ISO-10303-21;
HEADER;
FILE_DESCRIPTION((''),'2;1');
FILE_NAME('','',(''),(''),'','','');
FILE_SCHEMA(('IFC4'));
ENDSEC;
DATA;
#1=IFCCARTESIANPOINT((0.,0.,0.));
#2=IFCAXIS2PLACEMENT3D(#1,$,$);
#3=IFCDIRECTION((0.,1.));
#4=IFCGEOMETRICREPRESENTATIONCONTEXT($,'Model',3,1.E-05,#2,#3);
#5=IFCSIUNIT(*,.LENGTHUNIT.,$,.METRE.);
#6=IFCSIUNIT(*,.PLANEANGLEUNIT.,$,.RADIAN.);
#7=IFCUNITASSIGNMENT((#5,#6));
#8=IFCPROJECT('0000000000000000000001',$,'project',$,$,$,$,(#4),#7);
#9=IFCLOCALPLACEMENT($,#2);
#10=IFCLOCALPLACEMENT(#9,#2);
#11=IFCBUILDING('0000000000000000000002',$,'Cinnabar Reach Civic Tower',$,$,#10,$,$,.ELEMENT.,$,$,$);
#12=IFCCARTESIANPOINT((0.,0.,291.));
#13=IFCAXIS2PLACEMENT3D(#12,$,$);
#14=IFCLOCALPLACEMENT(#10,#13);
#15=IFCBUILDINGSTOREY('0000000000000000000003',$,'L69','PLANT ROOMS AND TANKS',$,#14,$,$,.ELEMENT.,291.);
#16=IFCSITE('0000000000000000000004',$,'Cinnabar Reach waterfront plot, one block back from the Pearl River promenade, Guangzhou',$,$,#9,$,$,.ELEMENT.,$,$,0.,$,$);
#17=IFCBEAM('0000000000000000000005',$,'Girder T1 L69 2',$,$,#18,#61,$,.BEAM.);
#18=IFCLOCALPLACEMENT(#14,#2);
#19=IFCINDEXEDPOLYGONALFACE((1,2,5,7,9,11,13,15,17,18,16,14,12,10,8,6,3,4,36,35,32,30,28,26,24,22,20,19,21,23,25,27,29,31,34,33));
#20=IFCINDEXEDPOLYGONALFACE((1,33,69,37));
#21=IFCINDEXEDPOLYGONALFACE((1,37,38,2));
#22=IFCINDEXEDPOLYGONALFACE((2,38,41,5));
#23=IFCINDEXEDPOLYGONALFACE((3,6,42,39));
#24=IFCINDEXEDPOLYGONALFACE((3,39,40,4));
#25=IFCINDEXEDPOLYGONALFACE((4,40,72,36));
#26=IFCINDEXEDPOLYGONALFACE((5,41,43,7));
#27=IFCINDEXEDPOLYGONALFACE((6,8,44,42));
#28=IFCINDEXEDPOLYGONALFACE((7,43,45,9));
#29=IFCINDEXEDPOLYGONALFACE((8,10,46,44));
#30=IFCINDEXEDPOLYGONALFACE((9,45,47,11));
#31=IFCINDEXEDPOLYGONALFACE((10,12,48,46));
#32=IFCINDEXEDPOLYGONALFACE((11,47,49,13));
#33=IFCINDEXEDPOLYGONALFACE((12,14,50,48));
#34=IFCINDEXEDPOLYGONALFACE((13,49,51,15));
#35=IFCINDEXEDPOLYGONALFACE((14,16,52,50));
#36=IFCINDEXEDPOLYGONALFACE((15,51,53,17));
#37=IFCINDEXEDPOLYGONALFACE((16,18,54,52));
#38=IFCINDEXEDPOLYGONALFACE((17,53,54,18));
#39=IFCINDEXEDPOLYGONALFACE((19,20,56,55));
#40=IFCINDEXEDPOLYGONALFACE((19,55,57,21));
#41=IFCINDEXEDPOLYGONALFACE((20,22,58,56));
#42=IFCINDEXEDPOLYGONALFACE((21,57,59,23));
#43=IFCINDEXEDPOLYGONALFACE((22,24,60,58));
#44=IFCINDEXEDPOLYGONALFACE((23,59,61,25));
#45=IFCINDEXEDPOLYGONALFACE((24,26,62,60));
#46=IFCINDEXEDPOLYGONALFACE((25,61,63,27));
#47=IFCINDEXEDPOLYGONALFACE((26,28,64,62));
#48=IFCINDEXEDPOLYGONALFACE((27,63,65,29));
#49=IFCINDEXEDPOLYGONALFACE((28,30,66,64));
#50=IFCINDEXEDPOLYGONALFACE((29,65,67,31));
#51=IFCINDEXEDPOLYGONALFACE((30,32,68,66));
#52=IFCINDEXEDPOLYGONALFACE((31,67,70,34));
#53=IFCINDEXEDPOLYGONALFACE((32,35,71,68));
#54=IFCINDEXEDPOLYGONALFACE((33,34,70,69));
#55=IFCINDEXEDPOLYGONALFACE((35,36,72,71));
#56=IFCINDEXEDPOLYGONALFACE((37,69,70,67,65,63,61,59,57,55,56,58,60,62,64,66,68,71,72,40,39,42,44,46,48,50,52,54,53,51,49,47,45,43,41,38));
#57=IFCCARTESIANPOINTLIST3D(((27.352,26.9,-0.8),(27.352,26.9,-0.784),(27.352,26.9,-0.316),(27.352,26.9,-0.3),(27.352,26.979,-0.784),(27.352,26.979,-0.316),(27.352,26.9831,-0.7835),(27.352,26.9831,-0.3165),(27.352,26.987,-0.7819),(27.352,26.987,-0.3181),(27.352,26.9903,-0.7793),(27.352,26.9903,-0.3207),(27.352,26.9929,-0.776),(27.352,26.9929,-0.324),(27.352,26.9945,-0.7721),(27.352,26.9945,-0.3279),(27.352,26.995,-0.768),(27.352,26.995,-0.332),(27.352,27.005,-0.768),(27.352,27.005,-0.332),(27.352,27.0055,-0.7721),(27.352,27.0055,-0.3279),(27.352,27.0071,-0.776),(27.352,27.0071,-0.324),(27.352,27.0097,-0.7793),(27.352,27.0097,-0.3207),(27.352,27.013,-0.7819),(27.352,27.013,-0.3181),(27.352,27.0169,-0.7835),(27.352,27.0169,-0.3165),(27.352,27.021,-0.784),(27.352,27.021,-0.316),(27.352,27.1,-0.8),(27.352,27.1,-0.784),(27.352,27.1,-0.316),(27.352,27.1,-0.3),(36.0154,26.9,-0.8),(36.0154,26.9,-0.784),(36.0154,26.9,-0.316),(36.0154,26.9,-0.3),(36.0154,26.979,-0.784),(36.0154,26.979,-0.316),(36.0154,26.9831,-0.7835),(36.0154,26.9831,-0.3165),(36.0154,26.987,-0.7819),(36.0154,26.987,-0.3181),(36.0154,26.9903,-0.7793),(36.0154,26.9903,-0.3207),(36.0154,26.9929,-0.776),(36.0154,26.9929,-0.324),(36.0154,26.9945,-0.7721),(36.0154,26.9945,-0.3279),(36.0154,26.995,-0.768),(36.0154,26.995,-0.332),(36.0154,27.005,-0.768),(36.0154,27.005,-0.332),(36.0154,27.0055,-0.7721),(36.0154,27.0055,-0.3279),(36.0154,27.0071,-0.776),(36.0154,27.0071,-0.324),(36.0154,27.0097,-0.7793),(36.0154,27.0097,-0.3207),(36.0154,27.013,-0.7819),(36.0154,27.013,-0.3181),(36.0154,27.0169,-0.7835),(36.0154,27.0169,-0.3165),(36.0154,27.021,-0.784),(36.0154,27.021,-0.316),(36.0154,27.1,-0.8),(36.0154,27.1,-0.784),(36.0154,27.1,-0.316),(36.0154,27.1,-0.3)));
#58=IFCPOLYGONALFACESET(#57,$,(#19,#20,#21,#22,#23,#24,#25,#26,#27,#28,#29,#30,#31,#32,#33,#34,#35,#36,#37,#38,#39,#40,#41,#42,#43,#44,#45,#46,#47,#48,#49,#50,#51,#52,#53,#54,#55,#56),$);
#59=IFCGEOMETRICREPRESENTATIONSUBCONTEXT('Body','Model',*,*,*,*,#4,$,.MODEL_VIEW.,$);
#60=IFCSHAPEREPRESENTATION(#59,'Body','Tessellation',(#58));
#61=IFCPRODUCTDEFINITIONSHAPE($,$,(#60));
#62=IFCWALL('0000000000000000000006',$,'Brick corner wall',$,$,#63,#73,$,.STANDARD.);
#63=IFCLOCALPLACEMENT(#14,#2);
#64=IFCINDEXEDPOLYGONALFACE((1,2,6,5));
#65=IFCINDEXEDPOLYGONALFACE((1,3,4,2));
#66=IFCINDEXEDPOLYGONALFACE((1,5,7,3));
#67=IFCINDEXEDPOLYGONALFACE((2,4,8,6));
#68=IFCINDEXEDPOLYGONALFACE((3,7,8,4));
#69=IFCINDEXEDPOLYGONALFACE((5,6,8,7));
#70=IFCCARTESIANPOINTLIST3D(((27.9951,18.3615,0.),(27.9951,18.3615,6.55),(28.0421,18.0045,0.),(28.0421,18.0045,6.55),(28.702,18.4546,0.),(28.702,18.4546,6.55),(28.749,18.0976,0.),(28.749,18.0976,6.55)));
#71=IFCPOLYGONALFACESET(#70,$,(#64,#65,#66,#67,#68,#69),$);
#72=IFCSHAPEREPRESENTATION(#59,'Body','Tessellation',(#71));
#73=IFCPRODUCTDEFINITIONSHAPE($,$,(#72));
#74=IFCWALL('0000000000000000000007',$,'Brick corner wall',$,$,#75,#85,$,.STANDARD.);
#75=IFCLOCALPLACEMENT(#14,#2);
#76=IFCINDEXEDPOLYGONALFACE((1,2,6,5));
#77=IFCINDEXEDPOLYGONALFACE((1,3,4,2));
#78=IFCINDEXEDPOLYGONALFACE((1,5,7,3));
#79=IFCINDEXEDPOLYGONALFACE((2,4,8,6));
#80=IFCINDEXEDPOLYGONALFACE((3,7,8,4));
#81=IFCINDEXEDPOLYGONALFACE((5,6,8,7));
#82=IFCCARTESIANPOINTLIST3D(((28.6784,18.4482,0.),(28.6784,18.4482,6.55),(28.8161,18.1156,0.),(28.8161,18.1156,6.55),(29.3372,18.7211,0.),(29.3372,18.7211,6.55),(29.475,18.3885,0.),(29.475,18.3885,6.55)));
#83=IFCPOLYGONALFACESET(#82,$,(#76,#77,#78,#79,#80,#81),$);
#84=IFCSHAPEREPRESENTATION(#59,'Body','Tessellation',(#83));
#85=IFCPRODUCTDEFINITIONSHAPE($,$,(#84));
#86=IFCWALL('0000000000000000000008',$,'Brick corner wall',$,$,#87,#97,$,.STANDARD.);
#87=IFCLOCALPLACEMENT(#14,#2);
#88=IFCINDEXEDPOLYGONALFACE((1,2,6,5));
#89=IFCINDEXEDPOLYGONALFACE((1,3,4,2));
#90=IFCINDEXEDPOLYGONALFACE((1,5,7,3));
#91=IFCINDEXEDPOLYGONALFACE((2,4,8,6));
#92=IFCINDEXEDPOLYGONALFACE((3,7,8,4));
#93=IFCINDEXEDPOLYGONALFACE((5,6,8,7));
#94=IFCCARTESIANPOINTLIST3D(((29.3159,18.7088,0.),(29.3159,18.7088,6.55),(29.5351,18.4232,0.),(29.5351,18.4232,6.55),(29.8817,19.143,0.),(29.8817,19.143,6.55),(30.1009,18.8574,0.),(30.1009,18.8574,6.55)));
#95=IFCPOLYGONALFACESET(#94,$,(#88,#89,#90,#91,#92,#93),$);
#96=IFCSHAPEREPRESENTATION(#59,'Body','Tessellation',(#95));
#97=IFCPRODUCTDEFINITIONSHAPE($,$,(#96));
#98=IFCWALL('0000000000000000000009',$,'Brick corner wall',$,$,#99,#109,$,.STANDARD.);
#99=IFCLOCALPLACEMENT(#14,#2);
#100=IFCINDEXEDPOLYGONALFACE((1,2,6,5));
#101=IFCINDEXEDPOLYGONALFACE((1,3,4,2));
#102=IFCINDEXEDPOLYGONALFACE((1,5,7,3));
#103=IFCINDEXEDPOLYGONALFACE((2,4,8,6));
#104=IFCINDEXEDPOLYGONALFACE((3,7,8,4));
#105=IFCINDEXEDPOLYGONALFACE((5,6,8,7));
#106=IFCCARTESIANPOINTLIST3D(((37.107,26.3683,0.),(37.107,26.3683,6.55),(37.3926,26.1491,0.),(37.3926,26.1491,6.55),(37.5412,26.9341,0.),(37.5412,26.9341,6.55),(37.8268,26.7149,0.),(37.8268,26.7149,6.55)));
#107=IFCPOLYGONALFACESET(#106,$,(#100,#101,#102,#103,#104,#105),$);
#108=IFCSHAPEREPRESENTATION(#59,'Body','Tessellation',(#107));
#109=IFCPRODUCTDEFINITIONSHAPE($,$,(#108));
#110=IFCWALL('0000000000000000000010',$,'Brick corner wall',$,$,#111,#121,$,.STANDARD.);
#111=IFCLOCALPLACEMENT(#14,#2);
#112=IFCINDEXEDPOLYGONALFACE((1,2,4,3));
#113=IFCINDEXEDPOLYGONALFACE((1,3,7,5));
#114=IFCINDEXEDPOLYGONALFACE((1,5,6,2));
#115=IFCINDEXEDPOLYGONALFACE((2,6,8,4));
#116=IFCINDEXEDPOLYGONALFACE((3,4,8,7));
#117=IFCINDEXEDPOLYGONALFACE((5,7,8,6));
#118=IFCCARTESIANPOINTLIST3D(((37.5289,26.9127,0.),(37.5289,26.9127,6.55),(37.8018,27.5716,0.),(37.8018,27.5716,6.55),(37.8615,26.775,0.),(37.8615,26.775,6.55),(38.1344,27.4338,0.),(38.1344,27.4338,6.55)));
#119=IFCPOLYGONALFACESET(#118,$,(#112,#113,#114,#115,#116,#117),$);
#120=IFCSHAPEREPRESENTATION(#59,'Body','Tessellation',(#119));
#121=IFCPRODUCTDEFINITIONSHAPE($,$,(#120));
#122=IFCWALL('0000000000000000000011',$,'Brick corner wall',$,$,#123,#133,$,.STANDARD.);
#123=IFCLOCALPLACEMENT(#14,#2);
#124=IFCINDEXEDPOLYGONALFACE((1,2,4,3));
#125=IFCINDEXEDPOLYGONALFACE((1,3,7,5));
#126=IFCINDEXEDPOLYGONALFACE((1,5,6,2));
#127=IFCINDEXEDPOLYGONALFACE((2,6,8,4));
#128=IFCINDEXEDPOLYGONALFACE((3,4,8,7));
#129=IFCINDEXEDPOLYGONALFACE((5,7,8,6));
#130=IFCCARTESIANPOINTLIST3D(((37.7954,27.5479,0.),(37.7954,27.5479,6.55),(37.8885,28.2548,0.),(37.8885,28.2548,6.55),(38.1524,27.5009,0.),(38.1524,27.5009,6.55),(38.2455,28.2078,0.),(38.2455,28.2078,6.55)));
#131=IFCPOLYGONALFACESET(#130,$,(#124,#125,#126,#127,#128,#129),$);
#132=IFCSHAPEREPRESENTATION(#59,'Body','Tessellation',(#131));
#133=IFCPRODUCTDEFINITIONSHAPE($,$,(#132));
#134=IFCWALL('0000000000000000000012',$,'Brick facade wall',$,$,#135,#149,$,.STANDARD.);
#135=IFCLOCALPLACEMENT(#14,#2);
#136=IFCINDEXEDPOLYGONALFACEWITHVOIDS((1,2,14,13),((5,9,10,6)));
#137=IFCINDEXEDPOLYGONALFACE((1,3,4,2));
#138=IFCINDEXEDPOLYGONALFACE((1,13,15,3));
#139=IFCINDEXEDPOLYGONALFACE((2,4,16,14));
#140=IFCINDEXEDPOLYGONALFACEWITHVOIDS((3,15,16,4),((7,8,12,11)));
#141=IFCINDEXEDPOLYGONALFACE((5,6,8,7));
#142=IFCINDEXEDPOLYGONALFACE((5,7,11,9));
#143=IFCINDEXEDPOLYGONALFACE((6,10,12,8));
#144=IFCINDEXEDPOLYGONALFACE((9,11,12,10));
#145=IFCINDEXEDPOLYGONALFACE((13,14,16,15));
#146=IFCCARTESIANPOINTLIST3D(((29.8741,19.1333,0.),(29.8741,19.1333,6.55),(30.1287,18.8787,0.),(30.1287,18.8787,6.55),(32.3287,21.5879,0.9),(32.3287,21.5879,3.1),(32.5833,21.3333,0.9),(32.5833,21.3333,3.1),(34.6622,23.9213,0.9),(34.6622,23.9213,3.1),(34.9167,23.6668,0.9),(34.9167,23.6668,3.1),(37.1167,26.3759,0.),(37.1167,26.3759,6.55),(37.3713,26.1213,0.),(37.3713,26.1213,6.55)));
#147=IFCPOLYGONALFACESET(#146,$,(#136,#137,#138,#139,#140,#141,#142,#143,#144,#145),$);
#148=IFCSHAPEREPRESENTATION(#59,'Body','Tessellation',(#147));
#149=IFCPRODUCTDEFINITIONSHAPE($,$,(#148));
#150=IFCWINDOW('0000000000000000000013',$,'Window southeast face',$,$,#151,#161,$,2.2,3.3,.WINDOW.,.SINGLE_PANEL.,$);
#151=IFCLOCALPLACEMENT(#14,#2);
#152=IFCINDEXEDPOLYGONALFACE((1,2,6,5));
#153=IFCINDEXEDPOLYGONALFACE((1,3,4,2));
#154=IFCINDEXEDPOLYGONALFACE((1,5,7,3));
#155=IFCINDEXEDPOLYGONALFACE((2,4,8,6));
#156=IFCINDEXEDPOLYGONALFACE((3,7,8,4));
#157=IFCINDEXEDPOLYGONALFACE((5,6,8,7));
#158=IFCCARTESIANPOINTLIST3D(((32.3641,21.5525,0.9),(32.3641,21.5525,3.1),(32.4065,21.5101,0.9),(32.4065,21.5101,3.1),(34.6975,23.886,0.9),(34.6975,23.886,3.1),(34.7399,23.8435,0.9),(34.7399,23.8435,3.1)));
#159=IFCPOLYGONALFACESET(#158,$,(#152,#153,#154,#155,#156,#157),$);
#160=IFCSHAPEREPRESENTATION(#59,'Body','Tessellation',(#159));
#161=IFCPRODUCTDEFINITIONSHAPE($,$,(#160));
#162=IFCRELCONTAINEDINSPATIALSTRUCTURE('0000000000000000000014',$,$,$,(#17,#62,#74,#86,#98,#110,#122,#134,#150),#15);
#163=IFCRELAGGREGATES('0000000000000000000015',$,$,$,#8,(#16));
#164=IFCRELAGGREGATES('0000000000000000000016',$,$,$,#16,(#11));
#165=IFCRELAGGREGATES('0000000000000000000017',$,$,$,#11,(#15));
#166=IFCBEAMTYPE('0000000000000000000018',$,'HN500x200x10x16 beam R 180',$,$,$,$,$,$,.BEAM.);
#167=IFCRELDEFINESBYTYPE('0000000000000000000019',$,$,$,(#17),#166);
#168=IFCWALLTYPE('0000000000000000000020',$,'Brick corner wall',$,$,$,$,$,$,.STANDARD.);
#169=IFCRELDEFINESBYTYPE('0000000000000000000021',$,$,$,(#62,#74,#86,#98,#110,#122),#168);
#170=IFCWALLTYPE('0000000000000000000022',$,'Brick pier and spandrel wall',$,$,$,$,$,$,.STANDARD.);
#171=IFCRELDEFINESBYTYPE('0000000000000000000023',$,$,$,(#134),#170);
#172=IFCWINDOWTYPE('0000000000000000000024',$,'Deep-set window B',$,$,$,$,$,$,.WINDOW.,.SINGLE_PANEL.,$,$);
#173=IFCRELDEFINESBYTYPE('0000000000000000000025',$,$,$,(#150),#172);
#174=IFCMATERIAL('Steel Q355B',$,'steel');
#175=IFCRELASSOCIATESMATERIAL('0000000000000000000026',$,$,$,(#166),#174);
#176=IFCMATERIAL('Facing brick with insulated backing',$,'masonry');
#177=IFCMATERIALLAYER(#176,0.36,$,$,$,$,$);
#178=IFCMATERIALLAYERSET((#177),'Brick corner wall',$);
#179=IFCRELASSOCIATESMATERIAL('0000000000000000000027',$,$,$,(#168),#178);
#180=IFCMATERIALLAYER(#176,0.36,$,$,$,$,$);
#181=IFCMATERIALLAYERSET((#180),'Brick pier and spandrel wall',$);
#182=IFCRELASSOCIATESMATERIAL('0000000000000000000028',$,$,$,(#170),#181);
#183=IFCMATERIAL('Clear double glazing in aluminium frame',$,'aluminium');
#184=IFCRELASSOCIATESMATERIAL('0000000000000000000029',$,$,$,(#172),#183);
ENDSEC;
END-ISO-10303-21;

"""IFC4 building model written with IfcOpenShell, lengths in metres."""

from ifc_helpers import new_model, si_unit, direction, frame, frame_2d, origin, origin_2d, place, context, subcontext, project, spatial, rectangle, i_section, extrude, material, layer, layer_set, material_profile, profile_set, type_object, element, fill, save


model = new_model("IFC4")

# Units and contexts
model_context = context("Model", 3, precision=1e-05, world=origin(), true_north=direction((0.0, 1.0)))
body_context = subcontext(model_context, "Body", "Model", "MODEL_VIEW")
ifc_project = project(units=[si_unit("LENGTHUNIT", "METRE"), si_unit("PLANEANGLEUNIT", "RADIAN")], contexts=[model_context])

# Site, building, storey
site_placement = place(None, origin())
site = spatial("IfcSite", under=ifc_project, at=site_placement, Name="Cinnabar Reach waterfront plot, one block back from the Pearl River promenade, Guangzhou", CompositionType="ELEMENT", RefElevation=0.0)
building_placement = place(site_placement, origin())
building = spatial("IfcBuilding", under=site, at=building_placement, Name="Cinnabar Reach Civic Tower", CompositionType="ELEMENT")
storey_placement = place(building_placement, frame((0.0, 0.0, 291.0)))
storey = spatial("IfcBuildingStorey", under=building, at=storey_placement, Name="L69", Description="PLANT ROOMS AND TANKS", CompositionType="ELEMENT", Elevation=291.0)

# Beam
ifc_material_1 = material(Name="Steel Q355B", Category="steel")
ifc_material_profile_1 = material_profile(ifc_material_1, i_section(OverallWidth=0.2, OverallDepth=0.5, WebThickness=0.01, FlangeThickness=0.016, FilletRadius=0.016, at=origin_2d()), Name="HN500x200x10x16")
ifc_profile_set_1 = profile_set([ifc_material_profile_1], Name="Steel Q355B")
beam_type_1 = type_object("IfcBeamType", Name="HN500x200x10x16 beam R 180", PredefinedType="BEAM", material=ifc_profile_set_1)
beam_1_placement = place(storey_placement, frame((27.352, 27.0, -0.55), z_axis=(1.0, 0.0, 0.0), x_axis=(0.0, 1.0, 0.0)))
element("IfcBeam", 1, at=beam_1_placement, inside=storey, type_object=beam_type_1, Name="Girder T1 L69 2", PredefinedType="BEAM", context=body_context, shape_type="SweptSolid", body=[
    extrude(i_section(OverallWidth=0.2, OverallDepth=0.5, WebThickness=0.01, FlangeThickness=0.016, FilletRadius=0.016, at=origin_2d()), origin(), (0.0, 0.0, 1.0), 8.6634),
])

# Walls
ifc_material_2 = material(Name="Facing brick with insulated backing", Category="masonry")
ifc_layer_1 = layer(ifc_material_2, 0.36)
ifc_layer_set_1 = layer_set([ifc_layer_1], Name="Brick corner wall")
wall_type_1 = type_object("IfcWallType", Name="Brick corner wall", PredefinedType="STANDARD", material=ifc_layer_set_1)
for number, where, z_axis, x_axis, name in (
    (2, (28.0186, 18.183, 0.0), (0.0, 0.0, 1.0), (0.991441, 0.130556, 0.0), "Brick corner wall"),
    (3, (28.7473, 18.2819, 0.0), (0.0, 0.0, 1.0), (0.923872, 0.382703, 0.0), "Brick corner wall"),
):
    element("IfcWall", number, at=place(storey_placement, frame(where, z_axis=z_axis, x_axis=x_axis)), inside=storey, type_object=wall_type_1, Name=name, PredefinedType="STANDARD", context=body_context, shape_type="SweptSolid", body=[
        extrude(rectangle(XDim=0.7131, YDim=0.36, at=frame_2d((0.3565, 0.0))), origin(), (0.0, 0.0, 1.0), 6.55),
    ])
for number, where, z_axis, x_axis, name in (
    (4, (29.4255, 18.566, 0.0), (0.0, 0.0, 1.0), (0.793322, 0.608802, 0.0), "Brick corner wall"),
    (5, (37.2498, 26.2587, 0.0), (0.0, 0.0, 1.0), (0.608802, 0.793322, 0.0), "Brick corner wall"),
):
    element("IfcWall", number, at=place(storey_placement, frame(where, z_axis=z_axis, x_axis=x_axis)), inside=storey, type_object=wall_type_1, Name=name, PredefinedType="STANDARD", context=body_context, shape_type="SweptSolid", body=[
        extrude(rectangle(XDim=0.7132, YDim=0.36, at=frame_2d((0.3566, 0.0))), origin(), (0.0, 0.0, 1.0), 6.55),
    ])
for number, where, z_axis, x_axis, name in (
    (6, (37.6952, 26.8439, 0.0), (0.0, 0.0, 1.0), (0.382703, 0.923872, 0.0), "Brick corner wall"),
    (7, (37.9739, 27.5244, 0.0), (0.0, 0.0, 1.0), (0.130556, 0.991441, 0.0), "Brick corner wall"),
):
    element("IfcWall", number, at=place(storey_placement, frame(where, z_axis=z_axis, x_axis=x_axis)), inside=storey, type_object=wall_type_1, Name=name, PredefinedType="STANDARD", context=body_context, shape_type="SweptSolid", body=[
        extrude(rectangle(XDim=0.7131, YDim=0.36, at=frame_2d((0.3565, 0.0))), origin(), (0.0, 0.0, 1.0), 6.55),
    ])

# Wall, opening, window
ifc_layer_2 = layer(ifc_material_2, 0.36)
ifc_layer_set_2 = layer_set([ifc_layer_2], Name="Brick pier and spandrel wall")
wall_type_2 = type_object("IfcWallType", Name="Brick pier and spandrel wall", PredefinedType="STANDARD", material=ifc_layer_set_2)
wall_1_placement = place(storey_placement, frame((30.0014, 19.006, 0.0), z_axis=(0.0, 0.0, 1.0), x_axis=(0.707107, 0.707107, 0.0)))
wall_1 = element("IfcWall", 8, at=wall_1_placement, inside=storey, type_object=wall_type_2, Name="Brick facade wall", PredefinedType="STANDARD", context=body_context, shape_type="SweptSolid", body=[
    extrude(rectangle(XDim=10.2426, YDim=0.36, at=frame_2d((5.1213, 0.0))), origin(), (0.0, 0.0, 1.0), 6.55),
])
opening_1_placement = place(wall_1_placement, frame((3.4713, 0.0, 0.9)))
opening_1 = element("IfcOpeningElement", 9, at=opening_1_placement, cuts=wall_1, PredefinedType="OPENING", context=body_context, shape_type="SweptSolid", body=[
    extrude(rectangle(XDim=3.3, YDim=2.2, at=frame_2d((1.65, 1.1))), frame((0.0, 0.19, 0.0), z_axis=(0.0, -1.0, 0.0), x_axis=(1.0, 0.0, 0.0)), (0.0, 0.0, 1.0), 0.38),
])
ifc_material_3 = material(Name="Clear double glazing in aluminium frame", Category="aluminium")
window_type = type_object("IfcWindowType", Name="Deep-set window B", PartitioningType="SINGLE_PANEL", PredefinedType="WINDOW", material=ifc_material_3)
window_1_placement = place(opening_1_placement, origin())
window_1 = element("IfcWindow", 10, at=window_1_placement, inside=storey, type_object=window_type, Name="Window southeast face", OverallHeight=2.2, OverallWidth=3.3, PartitioningType="SINGLE_PANEL", PredefinedType="WINDOW", context=body_context, shape_type="SweptSolid", body=[
    extrude(rectangle(XDim=3.3, YDim=2.2, at=frame_2d((1.65, 1.1))), frame((0.0, 0.13, 0.0), z_axis=(0.0, -1.0, 0.0), x_axis=(1.0, 0.0, 0.0)), (0.0, 0.0, 1.0), 0.06),
])
fill(opening_1, window_1)

save(model, "model.ifc")
